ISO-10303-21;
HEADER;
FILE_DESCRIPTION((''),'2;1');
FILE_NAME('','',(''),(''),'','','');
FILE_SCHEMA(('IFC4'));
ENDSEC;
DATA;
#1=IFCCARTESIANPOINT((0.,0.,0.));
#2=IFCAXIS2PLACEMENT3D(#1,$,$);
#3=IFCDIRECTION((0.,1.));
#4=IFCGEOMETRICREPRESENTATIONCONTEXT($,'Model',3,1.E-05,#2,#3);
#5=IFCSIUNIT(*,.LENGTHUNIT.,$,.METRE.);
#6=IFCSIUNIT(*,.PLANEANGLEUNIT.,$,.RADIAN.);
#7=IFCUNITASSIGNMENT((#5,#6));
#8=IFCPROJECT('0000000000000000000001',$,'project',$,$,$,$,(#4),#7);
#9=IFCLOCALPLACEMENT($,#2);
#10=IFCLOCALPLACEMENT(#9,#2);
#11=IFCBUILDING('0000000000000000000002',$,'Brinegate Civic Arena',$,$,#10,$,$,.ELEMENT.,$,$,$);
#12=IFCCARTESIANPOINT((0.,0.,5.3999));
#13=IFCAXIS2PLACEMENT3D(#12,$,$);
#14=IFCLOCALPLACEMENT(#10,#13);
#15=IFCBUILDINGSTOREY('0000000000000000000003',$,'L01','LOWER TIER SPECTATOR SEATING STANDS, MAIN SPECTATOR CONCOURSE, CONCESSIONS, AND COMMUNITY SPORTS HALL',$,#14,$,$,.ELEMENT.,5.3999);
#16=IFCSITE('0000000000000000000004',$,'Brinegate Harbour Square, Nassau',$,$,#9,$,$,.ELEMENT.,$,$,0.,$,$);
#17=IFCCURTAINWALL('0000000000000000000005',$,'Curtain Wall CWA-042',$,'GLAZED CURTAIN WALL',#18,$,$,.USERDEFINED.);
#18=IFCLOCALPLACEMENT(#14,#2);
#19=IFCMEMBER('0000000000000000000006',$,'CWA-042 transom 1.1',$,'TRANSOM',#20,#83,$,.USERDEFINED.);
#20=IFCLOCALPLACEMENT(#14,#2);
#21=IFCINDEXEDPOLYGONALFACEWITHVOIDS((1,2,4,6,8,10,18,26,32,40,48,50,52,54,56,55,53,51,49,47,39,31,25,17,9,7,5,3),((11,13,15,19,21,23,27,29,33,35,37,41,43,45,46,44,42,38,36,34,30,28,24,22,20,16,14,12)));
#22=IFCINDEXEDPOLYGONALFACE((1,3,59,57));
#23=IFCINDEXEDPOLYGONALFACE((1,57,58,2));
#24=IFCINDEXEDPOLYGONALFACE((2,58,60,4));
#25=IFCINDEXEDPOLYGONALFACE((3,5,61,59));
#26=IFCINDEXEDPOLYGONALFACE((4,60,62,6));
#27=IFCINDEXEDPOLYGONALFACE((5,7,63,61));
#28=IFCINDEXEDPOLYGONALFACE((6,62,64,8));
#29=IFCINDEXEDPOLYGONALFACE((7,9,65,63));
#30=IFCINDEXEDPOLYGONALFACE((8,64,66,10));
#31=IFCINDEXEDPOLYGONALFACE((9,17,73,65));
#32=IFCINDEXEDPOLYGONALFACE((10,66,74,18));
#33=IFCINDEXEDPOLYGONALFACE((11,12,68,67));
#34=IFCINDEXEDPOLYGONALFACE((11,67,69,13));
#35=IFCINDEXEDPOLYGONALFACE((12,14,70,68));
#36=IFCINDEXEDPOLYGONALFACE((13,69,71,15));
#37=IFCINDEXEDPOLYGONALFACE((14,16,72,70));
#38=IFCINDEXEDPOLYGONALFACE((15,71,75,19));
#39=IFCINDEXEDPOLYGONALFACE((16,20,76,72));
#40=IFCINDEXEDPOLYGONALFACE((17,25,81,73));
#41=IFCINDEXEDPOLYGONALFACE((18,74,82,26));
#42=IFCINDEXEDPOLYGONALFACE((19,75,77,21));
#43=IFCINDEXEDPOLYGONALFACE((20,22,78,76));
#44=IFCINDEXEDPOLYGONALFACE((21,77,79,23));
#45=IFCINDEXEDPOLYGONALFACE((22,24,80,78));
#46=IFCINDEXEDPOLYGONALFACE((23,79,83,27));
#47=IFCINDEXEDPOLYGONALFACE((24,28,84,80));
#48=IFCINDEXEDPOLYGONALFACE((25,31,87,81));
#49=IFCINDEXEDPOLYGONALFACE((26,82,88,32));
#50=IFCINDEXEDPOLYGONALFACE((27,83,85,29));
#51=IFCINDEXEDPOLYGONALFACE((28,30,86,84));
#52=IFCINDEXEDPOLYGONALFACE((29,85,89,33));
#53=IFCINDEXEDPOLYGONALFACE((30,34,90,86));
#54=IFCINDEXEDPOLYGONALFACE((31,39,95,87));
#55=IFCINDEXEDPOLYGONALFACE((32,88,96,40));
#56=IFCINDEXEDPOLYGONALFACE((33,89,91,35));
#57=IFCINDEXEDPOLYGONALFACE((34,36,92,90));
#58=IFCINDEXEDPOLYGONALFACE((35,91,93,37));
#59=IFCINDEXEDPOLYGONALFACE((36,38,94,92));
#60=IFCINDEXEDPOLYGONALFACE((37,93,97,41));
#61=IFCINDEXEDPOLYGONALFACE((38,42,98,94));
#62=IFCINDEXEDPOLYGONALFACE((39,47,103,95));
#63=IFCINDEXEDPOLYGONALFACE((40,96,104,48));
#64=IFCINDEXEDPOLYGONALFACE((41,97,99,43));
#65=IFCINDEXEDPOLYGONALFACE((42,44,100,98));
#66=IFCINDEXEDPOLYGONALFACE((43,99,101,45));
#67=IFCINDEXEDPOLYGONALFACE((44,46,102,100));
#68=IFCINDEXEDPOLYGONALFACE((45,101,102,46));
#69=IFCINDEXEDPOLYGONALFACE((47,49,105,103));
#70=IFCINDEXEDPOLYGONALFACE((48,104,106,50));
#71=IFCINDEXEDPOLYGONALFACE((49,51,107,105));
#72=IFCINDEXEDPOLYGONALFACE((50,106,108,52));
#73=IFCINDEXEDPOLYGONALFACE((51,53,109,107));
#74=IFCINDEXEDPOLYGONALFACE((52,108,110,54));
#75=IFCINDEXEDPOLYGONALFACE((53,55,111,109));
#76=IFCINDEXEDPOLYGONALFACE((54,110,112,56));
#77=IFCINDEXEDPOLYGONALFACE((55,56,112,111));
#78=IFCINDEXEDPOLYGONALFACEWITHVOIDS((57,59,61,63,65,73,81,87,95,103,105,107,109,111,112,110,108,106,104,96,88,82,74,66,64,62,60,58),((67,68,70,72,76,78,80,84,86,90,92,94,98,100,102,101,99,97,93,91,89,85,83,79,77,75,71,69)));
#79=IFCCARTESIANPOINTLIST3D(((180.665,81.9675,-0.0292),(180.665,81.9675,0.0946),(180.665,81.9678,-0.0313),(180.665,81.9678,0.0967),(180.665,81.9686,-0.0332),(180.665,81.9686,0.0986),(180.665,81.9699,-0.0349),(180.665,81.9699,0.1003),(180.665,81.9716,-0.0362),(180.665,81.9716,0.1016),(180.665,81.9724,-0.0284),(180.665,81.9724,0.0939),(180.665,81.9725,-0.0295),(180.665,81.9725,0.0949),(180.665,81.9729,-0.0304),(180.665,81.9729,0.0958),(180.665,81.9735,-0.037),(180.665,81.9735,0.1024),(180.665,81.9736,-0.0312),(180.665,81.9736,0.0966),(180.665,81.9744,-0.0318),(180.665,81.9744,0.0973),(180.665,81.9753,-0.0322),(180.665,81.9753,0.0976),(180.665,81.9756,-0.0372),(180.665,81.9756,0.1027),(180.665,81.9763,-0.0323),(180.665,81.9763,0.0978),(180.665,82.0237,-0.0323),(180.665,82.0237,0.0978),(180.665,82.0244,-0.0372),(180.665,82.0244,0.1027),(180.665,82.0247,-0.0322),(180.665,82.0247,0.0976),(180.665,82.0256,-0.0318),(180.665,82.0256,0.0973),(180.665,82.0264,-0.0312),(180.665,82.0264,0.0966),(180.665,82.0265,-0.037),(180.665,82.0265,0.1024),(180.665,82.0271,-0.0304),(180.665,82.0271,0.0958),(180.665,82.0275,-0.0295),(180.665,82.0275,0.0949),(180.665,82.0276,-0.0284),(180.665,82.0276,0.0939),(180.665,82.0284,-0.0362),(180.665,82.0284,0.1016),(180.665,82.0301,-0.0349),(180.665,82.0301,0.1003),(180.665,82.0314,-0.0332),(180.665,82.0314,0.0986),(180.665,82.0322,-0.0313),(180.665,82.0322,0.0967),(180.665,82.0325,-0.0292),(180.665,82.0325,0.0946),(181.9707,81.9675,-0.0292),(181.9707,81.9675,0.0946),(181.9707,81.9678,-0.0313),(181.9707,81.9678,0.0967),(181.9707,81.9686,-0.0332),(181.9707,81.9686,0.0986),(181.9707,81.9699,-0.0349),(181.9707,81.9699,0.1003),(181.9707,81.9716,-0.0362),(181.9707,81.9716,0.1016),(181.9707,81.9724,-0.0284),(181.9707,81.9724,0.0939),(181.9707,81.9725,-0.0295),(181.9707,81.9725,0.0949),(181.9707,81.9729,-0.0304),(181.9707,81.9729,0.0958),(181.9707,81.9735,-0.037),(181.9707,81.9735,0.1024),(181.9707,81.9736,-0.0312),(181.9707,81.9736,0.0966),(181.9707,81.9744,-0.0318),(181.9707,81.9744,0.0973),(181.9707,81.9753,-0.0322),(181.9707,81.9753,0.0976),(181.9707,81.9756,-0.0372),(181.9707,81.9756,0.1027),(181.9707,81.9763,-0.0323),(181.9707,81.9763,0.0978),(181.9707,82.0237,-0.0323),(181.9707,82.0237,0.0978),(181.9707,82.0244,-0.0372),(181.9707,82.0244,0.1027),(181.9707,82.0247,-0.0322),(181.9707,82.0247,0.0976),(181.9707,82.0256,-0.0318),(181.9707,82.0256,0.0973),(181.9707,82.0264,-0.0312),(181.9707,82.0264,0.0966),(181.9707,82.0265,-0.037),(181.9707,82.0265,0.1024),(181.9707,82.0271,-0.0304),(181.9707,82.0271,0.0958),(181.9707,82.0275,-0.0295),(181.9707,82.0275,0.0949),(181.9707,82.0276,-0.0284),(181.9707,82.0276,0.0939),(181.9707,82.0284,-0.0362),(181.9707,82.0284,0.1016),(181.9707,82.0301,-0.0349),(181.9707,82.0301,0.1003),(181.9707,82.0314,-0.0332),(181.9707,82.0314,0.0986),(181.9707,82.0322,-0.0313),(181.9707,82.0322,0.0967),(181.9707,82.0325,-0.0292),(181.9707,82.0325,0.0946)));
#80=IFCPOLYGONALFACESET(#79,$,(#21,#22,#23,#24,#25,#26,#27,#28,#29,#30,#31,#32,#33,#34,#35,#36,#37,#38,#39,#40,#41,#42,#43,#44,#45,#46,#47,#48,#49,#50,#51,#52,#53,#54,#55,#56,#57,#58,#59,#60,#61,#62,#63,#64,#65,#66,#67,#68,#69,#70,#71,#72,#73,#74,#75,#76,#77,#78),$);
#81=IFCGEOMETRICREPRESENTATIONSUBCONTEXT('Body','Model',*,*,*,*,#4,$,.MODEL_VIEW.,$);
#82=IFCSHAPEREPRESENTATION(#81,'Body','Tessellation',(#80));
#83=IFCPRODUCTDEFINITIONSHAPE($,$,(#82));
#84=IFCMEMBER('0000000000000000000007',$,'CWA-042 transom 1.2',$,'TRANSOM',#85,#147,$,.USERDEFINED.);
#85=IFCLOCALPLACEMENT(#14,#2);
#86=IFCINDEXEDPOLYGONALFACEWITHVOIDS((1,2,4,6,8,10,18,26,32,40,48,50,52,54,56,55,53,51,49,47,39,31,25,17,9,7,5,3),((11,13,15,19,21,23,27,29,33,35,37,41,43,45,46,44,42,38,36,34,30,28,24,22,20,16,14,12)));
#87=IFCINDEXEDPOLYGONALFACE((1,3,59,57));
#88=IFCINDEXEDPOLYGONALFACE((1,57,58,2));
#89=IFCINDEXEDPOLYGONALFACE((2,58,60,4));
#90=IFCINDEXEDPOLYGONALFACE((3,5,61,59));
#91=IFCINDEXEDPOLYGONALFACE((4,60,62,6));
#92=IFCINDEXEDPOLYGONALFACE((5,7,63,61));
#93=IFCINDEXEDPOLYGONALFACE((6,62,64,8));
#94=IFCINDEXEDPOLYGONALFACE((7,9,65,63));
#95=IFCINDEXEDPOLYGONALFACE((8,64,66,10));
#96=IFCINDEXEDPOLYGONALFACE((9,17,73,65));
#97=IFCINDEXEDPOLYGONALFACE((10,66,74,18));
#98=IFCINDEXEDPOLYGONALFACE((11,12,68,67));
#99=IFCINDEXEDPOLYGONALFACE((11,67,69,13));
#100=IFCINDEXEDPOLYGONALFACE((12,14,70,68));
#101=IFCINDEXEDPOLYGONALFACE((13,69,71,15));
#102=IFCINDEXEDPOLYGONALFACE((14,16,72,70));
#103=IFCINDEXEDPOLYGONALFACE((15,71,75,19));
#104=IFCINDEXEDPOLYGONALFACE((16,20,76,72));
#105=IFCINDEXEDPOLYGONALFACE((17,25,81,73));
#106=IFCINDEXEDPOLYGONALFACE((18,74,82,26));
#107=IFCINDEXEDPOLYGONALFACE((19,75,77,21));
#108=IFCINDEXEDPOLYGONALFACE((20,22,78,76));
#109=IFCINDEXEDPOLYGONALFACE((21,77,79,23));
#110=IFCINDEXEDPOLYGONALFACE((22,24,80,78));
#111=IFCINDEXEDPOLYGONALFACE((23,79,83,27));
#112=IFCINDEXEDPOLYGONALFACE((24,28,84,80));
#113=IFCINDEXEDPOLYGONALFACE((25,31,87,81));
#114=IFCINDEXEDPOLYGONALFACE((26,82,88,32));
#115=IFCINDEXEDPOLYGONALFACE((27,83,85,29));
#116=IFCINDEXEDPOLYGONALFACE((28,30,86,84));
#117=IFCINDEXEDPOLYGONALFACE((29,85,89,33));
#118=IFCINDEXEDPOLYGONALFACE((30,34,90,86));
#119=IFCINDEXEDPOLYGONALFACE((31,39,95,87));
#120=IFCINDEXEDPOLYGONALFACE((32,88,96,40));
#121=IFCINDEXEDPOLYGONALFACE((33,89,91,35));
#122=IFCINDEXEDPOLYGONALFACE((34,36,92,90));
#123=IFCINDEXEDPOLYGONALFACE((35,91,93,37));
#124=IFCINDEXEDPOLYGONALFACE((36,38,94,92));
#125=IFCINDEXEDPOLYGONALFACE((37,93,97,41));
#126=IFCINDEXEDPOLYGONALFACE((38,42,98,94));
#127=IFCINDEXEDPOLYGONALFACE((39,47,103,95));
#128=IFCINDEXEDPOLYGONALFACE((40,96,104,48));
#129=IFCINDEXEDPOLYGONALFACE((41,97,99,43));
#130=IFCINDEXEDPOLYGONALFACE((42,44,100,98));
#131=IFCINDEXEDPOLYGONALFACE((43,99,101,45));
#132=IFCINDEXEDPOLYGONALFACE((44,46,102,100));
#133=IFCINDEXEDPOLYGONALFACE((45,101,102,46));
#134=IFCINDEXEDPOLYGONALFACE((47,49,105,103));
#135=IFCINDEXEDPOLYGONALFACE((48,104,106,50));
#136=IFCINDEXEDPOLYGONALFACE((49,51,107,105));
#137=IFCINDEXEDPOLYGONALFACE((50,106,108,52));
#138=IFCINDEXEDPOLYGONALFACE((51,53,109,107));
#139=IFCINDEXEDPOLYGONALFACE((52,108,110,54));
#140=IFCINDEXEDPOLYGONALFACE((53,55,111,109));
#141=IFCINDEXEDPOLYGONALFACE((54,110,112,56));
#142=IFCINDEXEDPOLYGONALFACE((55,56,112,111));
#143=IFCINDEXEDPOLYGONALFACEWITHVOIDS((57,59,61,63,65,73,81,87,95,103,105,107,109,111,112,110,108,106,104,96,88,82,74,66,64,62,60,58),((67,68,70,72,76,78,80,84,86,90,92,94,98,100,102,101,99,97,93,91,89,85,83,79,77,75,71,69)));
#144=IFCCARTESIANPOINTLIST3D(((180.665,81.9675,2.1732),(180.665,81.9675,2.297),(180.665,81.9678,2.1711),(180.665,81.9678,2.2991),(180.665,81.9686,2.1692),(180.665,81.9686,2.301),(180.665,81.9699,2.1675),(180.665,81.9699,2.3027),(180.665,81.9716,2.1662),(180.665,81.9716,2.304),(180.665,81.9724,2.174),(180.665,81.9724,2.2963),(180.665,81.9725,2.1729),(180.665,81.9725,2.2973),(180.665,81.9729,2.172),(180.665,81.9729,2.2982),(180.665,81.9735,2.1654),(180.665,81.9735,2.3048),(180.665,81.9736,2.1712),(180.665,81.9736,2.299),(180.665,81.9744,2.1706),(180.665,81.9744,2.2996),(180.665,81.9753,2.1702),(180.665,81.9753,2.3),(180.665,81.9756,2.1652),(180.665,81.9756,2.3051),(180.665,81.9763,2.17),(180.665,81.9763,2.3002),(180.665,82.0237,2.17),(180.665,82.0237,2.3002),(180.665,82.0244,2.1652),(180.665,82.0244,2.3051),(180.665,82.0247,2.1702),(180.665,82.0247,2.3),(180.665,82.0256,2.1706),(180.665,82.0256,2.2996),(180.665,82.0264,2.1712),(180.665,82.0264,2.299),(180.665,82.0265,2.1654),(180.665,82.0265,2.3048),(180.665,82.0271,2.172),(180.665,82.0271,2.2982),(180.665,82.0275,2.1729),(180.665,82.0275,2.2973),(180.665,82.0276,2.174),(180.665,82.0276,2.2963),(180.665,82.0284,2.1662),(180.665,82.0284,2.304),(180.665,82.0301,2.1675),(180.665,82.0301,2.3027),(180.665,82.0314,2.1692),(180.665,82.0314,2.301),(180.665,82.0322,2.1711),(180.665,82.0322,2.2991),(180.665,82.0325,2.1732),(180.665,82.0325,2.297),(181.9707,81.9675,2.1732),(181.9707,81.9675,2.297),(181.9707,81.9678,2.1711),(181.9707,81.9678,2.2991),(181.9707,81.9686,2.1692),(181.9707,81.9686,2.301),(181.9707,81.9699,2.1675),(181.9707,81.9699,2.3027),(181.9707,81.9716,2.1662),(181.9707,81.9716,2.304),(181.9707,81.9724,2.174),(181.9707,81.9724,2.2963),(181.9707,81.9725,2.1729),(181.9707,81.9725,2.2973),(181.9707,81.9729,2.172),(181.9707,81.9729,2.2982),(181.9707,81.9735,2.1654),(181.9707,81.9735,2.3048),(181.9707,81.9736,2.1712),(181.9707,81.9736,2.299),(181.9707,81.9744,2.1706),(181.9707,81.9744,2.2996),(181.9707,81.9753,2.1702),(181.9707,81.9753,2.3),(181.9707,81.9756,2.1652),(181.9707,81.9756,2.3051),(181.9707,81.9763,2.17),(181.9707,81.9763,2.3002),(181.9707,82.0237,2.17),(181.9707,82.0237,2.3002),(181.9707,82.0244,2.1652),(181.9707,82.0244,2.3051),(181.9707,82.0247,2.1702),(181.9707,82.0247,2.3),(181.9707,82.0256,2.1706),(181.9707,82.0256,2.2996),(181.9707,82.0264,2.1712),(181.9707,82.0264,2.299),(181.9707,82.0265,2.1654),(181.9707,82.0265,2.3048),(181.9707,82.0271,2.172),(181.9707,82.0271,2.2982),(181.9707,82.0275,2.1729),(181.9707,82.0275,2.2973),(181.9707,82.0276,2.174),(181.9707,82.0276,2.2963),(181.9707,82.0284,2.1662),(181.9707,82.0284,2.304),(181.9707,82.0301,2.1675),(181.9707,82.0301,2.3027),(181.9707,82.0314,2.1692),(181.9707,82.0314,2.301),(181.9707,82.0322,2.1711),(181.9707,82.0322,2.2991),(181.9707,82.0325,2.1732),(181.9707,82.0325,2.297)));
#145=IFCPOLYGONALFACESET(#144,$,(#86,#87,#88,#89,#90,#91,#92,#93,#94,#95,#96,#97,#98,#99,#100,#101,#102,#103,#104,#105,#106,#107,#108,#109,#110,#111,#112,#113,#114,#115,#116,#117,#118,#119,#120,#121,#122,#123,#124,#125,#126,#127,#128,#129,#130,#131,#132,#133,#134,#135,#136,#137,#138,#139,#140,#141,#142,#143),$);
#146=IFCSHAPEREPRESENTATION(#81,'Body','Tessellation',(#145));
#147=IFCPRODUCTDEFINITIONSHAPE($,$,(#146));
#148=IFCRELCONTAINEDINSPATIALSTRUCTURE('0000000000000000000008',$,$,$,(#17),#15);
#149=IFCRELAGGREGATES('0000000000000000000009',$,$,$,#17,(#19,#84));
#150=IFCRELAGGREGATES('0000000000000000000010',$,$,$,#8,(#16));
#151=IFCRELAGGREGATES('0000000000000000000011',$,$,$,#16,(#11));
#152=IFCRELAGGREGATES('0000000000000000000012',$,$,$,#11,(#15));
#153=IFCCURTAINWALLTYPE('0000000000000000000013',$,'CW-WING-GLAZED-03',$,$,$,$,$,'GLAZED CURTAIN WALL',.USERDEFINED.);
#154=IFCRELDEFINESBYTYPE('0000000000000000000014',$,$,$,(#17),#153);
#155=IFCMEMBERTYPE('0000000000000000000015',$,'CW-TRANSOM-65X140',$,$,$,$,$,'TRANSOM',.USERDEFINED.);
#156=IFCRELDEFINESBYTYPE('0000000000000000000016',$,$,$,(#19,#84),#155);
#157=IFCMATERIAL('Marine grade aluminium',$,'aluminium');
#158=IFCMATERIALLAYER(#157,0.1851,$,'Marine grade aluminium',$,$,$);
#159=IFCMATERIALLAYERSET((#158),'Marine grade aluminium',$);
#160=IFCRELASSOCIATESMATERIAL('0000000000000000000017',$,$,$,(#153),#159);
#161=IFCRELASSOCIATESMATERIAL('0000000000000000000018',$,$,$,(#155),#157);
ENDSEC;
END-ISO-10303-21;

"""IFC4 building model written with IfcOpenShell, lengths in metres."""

from ifc_helpers import new_model, si_unit, direction, frame, origin, origin_2d, place, context, subcontext, project, spatial, hollow_rectangle, extrude, material, layer, layer_set, material_profile, profile_set, type_object, element, aggregate, save


model = new_model("IFC4")

# Units and contexts
model_context = context("Model", 3, precision=1e-05, world=origin(), true_north=direction((0.0, 1.0)))
body_context = subcontext(model_context, "Body", "Model", "MODEL_VIEW")
ifc_project = project(units=[si_unit("LENGTHUNIT", "METRE"), si_unit("PLANEANGLEUNIT", "RADIAN")], contexts=[model_context])

# Site, building, storey
site_placement = place(None, origin())
site = spatial("IfcSite", under=ifc_project, at=site_placement, Name="Brinegate Harbour Square, Nassau", CompositionType="ELEMENT", RefElevation=0.0)
building_placement = place(site_placement, origin())
building = spatial("IfcBuilding", under=site, at=building_placement, Name="Brinegate Civic Arena", CompositionType="ELEMENT")
storey_placement = place(building_placement, frame((0.0, 0.0, 5.3999)))
storey = spatial("IfcBuildingStorey", under=building, at=storey_placement, Name="L01", Description="LOWER TIER SPECTATOR SEATING STANDS, MAIN SPECTATOR CONCOURSE, CONCESSIONS, AND COMMUNITY SPORTS HALL", CompositionType="ELEMENT", Elevation=5.3999)

# Curtain wall, members
ifc_material_1 = material(Name="Marine grade aluminium", Category="aluminium")
ifc_layer_1 = layer(ifc_material_1, 0.1851, Name="Marine grade aluminium")
ifc_layer_set_1 = layer_set([ifc_layer_1], Name="Marine grade aluminium")
curtain_wall_type = type_object("IfcCurtainWallType", Name="CW-WING-GLAZED-03", ElementType="GLAZED CURTAIN WALL", PredefinedType="USERDEFINED", material=ifc_layer_set_1)
curtain_wall_placement = place(storey_placement, origin())
curtain_wall = element("IfcCurtainWall", 1, at=curtain_wall_placement, inside=storey, type_object=curtain_wall_type, Name="Curtain Wall CWA-042", ObjectType="GLAZED CURTAIN WALL", PredefinedType="USERDEFINED")
ifc_material_profile_1 = material_profile(ifc_material_1, hollow_rectangle(XDim=0.0649, YDim=0.1399, WallThickness=0.0049, InnerFilletRadius=0.0039, OuterFilletRadius=0.0081, at=origin_2d()), Name="TRN65X140")
ifc_profile_set_1 = profile_set([ifc_material_profile_1], Name="Marine grade aluminium")
member_type_1 = type_object("IfcMemberType", Name="CW-TRANSOM-65X140", ElementType="TRANSOM", PredefinedType="USERDEFINED", material=ifc_profile_set_1)
member_1_placement = place(storey_placement, frame((180.665, 82.0, 0.0327), z_axis=(1.0, 0.0, 0.0), x_axis=(0.0, 1.0, 0.0)))
member_1 = element("IfcMember", 2, at=member_1_placement, type_object=member_type_1, Name="CWA-042 transom 1.1", ObjectType="TRANSOM", PredefinedType="USERDEFINED", context=body_context, shape_type="SweptSolid", body=[
    extrude(hollow_rectangle(XDim=0.0649, YDim=0.1399, WallThickness=0.0049, InnerFilletRadius=0.0039, OuterFilletRadius=0.0081, at=origin_2d()), origin(), (0.0, 0.0, 1.0), 1.3057),
])
member_2_placement = place(storey_placement, frame((180.665, 82.0, 2.2351), z_axis=(1.0, 0.0, 0.0), x_axis=(0.0, 1.0, 0.0)))
member_2 = element("IfcMember", 3, at=member_2_placement, type_object=member_type_1, Name="CWA-042 transom 1.2", ObjectType="TRANSOM", PredefinedType="USERDEFINED", context=body_context, shape_type="SweptSolid", body=[
    extrude(hollow_rectangle(XDim=0.0649, YDim=0.1399, WallThickness=0.0049, InnerFilletRadius=0.0039, OuterFilletRadius=0.0081, at=origin_2d()), origin(), (0.0, 0.0, 1.0), 1.3057),
])
aggregate(curtain_wall, [member_1, member_2])

save(model, "model.ifc")
